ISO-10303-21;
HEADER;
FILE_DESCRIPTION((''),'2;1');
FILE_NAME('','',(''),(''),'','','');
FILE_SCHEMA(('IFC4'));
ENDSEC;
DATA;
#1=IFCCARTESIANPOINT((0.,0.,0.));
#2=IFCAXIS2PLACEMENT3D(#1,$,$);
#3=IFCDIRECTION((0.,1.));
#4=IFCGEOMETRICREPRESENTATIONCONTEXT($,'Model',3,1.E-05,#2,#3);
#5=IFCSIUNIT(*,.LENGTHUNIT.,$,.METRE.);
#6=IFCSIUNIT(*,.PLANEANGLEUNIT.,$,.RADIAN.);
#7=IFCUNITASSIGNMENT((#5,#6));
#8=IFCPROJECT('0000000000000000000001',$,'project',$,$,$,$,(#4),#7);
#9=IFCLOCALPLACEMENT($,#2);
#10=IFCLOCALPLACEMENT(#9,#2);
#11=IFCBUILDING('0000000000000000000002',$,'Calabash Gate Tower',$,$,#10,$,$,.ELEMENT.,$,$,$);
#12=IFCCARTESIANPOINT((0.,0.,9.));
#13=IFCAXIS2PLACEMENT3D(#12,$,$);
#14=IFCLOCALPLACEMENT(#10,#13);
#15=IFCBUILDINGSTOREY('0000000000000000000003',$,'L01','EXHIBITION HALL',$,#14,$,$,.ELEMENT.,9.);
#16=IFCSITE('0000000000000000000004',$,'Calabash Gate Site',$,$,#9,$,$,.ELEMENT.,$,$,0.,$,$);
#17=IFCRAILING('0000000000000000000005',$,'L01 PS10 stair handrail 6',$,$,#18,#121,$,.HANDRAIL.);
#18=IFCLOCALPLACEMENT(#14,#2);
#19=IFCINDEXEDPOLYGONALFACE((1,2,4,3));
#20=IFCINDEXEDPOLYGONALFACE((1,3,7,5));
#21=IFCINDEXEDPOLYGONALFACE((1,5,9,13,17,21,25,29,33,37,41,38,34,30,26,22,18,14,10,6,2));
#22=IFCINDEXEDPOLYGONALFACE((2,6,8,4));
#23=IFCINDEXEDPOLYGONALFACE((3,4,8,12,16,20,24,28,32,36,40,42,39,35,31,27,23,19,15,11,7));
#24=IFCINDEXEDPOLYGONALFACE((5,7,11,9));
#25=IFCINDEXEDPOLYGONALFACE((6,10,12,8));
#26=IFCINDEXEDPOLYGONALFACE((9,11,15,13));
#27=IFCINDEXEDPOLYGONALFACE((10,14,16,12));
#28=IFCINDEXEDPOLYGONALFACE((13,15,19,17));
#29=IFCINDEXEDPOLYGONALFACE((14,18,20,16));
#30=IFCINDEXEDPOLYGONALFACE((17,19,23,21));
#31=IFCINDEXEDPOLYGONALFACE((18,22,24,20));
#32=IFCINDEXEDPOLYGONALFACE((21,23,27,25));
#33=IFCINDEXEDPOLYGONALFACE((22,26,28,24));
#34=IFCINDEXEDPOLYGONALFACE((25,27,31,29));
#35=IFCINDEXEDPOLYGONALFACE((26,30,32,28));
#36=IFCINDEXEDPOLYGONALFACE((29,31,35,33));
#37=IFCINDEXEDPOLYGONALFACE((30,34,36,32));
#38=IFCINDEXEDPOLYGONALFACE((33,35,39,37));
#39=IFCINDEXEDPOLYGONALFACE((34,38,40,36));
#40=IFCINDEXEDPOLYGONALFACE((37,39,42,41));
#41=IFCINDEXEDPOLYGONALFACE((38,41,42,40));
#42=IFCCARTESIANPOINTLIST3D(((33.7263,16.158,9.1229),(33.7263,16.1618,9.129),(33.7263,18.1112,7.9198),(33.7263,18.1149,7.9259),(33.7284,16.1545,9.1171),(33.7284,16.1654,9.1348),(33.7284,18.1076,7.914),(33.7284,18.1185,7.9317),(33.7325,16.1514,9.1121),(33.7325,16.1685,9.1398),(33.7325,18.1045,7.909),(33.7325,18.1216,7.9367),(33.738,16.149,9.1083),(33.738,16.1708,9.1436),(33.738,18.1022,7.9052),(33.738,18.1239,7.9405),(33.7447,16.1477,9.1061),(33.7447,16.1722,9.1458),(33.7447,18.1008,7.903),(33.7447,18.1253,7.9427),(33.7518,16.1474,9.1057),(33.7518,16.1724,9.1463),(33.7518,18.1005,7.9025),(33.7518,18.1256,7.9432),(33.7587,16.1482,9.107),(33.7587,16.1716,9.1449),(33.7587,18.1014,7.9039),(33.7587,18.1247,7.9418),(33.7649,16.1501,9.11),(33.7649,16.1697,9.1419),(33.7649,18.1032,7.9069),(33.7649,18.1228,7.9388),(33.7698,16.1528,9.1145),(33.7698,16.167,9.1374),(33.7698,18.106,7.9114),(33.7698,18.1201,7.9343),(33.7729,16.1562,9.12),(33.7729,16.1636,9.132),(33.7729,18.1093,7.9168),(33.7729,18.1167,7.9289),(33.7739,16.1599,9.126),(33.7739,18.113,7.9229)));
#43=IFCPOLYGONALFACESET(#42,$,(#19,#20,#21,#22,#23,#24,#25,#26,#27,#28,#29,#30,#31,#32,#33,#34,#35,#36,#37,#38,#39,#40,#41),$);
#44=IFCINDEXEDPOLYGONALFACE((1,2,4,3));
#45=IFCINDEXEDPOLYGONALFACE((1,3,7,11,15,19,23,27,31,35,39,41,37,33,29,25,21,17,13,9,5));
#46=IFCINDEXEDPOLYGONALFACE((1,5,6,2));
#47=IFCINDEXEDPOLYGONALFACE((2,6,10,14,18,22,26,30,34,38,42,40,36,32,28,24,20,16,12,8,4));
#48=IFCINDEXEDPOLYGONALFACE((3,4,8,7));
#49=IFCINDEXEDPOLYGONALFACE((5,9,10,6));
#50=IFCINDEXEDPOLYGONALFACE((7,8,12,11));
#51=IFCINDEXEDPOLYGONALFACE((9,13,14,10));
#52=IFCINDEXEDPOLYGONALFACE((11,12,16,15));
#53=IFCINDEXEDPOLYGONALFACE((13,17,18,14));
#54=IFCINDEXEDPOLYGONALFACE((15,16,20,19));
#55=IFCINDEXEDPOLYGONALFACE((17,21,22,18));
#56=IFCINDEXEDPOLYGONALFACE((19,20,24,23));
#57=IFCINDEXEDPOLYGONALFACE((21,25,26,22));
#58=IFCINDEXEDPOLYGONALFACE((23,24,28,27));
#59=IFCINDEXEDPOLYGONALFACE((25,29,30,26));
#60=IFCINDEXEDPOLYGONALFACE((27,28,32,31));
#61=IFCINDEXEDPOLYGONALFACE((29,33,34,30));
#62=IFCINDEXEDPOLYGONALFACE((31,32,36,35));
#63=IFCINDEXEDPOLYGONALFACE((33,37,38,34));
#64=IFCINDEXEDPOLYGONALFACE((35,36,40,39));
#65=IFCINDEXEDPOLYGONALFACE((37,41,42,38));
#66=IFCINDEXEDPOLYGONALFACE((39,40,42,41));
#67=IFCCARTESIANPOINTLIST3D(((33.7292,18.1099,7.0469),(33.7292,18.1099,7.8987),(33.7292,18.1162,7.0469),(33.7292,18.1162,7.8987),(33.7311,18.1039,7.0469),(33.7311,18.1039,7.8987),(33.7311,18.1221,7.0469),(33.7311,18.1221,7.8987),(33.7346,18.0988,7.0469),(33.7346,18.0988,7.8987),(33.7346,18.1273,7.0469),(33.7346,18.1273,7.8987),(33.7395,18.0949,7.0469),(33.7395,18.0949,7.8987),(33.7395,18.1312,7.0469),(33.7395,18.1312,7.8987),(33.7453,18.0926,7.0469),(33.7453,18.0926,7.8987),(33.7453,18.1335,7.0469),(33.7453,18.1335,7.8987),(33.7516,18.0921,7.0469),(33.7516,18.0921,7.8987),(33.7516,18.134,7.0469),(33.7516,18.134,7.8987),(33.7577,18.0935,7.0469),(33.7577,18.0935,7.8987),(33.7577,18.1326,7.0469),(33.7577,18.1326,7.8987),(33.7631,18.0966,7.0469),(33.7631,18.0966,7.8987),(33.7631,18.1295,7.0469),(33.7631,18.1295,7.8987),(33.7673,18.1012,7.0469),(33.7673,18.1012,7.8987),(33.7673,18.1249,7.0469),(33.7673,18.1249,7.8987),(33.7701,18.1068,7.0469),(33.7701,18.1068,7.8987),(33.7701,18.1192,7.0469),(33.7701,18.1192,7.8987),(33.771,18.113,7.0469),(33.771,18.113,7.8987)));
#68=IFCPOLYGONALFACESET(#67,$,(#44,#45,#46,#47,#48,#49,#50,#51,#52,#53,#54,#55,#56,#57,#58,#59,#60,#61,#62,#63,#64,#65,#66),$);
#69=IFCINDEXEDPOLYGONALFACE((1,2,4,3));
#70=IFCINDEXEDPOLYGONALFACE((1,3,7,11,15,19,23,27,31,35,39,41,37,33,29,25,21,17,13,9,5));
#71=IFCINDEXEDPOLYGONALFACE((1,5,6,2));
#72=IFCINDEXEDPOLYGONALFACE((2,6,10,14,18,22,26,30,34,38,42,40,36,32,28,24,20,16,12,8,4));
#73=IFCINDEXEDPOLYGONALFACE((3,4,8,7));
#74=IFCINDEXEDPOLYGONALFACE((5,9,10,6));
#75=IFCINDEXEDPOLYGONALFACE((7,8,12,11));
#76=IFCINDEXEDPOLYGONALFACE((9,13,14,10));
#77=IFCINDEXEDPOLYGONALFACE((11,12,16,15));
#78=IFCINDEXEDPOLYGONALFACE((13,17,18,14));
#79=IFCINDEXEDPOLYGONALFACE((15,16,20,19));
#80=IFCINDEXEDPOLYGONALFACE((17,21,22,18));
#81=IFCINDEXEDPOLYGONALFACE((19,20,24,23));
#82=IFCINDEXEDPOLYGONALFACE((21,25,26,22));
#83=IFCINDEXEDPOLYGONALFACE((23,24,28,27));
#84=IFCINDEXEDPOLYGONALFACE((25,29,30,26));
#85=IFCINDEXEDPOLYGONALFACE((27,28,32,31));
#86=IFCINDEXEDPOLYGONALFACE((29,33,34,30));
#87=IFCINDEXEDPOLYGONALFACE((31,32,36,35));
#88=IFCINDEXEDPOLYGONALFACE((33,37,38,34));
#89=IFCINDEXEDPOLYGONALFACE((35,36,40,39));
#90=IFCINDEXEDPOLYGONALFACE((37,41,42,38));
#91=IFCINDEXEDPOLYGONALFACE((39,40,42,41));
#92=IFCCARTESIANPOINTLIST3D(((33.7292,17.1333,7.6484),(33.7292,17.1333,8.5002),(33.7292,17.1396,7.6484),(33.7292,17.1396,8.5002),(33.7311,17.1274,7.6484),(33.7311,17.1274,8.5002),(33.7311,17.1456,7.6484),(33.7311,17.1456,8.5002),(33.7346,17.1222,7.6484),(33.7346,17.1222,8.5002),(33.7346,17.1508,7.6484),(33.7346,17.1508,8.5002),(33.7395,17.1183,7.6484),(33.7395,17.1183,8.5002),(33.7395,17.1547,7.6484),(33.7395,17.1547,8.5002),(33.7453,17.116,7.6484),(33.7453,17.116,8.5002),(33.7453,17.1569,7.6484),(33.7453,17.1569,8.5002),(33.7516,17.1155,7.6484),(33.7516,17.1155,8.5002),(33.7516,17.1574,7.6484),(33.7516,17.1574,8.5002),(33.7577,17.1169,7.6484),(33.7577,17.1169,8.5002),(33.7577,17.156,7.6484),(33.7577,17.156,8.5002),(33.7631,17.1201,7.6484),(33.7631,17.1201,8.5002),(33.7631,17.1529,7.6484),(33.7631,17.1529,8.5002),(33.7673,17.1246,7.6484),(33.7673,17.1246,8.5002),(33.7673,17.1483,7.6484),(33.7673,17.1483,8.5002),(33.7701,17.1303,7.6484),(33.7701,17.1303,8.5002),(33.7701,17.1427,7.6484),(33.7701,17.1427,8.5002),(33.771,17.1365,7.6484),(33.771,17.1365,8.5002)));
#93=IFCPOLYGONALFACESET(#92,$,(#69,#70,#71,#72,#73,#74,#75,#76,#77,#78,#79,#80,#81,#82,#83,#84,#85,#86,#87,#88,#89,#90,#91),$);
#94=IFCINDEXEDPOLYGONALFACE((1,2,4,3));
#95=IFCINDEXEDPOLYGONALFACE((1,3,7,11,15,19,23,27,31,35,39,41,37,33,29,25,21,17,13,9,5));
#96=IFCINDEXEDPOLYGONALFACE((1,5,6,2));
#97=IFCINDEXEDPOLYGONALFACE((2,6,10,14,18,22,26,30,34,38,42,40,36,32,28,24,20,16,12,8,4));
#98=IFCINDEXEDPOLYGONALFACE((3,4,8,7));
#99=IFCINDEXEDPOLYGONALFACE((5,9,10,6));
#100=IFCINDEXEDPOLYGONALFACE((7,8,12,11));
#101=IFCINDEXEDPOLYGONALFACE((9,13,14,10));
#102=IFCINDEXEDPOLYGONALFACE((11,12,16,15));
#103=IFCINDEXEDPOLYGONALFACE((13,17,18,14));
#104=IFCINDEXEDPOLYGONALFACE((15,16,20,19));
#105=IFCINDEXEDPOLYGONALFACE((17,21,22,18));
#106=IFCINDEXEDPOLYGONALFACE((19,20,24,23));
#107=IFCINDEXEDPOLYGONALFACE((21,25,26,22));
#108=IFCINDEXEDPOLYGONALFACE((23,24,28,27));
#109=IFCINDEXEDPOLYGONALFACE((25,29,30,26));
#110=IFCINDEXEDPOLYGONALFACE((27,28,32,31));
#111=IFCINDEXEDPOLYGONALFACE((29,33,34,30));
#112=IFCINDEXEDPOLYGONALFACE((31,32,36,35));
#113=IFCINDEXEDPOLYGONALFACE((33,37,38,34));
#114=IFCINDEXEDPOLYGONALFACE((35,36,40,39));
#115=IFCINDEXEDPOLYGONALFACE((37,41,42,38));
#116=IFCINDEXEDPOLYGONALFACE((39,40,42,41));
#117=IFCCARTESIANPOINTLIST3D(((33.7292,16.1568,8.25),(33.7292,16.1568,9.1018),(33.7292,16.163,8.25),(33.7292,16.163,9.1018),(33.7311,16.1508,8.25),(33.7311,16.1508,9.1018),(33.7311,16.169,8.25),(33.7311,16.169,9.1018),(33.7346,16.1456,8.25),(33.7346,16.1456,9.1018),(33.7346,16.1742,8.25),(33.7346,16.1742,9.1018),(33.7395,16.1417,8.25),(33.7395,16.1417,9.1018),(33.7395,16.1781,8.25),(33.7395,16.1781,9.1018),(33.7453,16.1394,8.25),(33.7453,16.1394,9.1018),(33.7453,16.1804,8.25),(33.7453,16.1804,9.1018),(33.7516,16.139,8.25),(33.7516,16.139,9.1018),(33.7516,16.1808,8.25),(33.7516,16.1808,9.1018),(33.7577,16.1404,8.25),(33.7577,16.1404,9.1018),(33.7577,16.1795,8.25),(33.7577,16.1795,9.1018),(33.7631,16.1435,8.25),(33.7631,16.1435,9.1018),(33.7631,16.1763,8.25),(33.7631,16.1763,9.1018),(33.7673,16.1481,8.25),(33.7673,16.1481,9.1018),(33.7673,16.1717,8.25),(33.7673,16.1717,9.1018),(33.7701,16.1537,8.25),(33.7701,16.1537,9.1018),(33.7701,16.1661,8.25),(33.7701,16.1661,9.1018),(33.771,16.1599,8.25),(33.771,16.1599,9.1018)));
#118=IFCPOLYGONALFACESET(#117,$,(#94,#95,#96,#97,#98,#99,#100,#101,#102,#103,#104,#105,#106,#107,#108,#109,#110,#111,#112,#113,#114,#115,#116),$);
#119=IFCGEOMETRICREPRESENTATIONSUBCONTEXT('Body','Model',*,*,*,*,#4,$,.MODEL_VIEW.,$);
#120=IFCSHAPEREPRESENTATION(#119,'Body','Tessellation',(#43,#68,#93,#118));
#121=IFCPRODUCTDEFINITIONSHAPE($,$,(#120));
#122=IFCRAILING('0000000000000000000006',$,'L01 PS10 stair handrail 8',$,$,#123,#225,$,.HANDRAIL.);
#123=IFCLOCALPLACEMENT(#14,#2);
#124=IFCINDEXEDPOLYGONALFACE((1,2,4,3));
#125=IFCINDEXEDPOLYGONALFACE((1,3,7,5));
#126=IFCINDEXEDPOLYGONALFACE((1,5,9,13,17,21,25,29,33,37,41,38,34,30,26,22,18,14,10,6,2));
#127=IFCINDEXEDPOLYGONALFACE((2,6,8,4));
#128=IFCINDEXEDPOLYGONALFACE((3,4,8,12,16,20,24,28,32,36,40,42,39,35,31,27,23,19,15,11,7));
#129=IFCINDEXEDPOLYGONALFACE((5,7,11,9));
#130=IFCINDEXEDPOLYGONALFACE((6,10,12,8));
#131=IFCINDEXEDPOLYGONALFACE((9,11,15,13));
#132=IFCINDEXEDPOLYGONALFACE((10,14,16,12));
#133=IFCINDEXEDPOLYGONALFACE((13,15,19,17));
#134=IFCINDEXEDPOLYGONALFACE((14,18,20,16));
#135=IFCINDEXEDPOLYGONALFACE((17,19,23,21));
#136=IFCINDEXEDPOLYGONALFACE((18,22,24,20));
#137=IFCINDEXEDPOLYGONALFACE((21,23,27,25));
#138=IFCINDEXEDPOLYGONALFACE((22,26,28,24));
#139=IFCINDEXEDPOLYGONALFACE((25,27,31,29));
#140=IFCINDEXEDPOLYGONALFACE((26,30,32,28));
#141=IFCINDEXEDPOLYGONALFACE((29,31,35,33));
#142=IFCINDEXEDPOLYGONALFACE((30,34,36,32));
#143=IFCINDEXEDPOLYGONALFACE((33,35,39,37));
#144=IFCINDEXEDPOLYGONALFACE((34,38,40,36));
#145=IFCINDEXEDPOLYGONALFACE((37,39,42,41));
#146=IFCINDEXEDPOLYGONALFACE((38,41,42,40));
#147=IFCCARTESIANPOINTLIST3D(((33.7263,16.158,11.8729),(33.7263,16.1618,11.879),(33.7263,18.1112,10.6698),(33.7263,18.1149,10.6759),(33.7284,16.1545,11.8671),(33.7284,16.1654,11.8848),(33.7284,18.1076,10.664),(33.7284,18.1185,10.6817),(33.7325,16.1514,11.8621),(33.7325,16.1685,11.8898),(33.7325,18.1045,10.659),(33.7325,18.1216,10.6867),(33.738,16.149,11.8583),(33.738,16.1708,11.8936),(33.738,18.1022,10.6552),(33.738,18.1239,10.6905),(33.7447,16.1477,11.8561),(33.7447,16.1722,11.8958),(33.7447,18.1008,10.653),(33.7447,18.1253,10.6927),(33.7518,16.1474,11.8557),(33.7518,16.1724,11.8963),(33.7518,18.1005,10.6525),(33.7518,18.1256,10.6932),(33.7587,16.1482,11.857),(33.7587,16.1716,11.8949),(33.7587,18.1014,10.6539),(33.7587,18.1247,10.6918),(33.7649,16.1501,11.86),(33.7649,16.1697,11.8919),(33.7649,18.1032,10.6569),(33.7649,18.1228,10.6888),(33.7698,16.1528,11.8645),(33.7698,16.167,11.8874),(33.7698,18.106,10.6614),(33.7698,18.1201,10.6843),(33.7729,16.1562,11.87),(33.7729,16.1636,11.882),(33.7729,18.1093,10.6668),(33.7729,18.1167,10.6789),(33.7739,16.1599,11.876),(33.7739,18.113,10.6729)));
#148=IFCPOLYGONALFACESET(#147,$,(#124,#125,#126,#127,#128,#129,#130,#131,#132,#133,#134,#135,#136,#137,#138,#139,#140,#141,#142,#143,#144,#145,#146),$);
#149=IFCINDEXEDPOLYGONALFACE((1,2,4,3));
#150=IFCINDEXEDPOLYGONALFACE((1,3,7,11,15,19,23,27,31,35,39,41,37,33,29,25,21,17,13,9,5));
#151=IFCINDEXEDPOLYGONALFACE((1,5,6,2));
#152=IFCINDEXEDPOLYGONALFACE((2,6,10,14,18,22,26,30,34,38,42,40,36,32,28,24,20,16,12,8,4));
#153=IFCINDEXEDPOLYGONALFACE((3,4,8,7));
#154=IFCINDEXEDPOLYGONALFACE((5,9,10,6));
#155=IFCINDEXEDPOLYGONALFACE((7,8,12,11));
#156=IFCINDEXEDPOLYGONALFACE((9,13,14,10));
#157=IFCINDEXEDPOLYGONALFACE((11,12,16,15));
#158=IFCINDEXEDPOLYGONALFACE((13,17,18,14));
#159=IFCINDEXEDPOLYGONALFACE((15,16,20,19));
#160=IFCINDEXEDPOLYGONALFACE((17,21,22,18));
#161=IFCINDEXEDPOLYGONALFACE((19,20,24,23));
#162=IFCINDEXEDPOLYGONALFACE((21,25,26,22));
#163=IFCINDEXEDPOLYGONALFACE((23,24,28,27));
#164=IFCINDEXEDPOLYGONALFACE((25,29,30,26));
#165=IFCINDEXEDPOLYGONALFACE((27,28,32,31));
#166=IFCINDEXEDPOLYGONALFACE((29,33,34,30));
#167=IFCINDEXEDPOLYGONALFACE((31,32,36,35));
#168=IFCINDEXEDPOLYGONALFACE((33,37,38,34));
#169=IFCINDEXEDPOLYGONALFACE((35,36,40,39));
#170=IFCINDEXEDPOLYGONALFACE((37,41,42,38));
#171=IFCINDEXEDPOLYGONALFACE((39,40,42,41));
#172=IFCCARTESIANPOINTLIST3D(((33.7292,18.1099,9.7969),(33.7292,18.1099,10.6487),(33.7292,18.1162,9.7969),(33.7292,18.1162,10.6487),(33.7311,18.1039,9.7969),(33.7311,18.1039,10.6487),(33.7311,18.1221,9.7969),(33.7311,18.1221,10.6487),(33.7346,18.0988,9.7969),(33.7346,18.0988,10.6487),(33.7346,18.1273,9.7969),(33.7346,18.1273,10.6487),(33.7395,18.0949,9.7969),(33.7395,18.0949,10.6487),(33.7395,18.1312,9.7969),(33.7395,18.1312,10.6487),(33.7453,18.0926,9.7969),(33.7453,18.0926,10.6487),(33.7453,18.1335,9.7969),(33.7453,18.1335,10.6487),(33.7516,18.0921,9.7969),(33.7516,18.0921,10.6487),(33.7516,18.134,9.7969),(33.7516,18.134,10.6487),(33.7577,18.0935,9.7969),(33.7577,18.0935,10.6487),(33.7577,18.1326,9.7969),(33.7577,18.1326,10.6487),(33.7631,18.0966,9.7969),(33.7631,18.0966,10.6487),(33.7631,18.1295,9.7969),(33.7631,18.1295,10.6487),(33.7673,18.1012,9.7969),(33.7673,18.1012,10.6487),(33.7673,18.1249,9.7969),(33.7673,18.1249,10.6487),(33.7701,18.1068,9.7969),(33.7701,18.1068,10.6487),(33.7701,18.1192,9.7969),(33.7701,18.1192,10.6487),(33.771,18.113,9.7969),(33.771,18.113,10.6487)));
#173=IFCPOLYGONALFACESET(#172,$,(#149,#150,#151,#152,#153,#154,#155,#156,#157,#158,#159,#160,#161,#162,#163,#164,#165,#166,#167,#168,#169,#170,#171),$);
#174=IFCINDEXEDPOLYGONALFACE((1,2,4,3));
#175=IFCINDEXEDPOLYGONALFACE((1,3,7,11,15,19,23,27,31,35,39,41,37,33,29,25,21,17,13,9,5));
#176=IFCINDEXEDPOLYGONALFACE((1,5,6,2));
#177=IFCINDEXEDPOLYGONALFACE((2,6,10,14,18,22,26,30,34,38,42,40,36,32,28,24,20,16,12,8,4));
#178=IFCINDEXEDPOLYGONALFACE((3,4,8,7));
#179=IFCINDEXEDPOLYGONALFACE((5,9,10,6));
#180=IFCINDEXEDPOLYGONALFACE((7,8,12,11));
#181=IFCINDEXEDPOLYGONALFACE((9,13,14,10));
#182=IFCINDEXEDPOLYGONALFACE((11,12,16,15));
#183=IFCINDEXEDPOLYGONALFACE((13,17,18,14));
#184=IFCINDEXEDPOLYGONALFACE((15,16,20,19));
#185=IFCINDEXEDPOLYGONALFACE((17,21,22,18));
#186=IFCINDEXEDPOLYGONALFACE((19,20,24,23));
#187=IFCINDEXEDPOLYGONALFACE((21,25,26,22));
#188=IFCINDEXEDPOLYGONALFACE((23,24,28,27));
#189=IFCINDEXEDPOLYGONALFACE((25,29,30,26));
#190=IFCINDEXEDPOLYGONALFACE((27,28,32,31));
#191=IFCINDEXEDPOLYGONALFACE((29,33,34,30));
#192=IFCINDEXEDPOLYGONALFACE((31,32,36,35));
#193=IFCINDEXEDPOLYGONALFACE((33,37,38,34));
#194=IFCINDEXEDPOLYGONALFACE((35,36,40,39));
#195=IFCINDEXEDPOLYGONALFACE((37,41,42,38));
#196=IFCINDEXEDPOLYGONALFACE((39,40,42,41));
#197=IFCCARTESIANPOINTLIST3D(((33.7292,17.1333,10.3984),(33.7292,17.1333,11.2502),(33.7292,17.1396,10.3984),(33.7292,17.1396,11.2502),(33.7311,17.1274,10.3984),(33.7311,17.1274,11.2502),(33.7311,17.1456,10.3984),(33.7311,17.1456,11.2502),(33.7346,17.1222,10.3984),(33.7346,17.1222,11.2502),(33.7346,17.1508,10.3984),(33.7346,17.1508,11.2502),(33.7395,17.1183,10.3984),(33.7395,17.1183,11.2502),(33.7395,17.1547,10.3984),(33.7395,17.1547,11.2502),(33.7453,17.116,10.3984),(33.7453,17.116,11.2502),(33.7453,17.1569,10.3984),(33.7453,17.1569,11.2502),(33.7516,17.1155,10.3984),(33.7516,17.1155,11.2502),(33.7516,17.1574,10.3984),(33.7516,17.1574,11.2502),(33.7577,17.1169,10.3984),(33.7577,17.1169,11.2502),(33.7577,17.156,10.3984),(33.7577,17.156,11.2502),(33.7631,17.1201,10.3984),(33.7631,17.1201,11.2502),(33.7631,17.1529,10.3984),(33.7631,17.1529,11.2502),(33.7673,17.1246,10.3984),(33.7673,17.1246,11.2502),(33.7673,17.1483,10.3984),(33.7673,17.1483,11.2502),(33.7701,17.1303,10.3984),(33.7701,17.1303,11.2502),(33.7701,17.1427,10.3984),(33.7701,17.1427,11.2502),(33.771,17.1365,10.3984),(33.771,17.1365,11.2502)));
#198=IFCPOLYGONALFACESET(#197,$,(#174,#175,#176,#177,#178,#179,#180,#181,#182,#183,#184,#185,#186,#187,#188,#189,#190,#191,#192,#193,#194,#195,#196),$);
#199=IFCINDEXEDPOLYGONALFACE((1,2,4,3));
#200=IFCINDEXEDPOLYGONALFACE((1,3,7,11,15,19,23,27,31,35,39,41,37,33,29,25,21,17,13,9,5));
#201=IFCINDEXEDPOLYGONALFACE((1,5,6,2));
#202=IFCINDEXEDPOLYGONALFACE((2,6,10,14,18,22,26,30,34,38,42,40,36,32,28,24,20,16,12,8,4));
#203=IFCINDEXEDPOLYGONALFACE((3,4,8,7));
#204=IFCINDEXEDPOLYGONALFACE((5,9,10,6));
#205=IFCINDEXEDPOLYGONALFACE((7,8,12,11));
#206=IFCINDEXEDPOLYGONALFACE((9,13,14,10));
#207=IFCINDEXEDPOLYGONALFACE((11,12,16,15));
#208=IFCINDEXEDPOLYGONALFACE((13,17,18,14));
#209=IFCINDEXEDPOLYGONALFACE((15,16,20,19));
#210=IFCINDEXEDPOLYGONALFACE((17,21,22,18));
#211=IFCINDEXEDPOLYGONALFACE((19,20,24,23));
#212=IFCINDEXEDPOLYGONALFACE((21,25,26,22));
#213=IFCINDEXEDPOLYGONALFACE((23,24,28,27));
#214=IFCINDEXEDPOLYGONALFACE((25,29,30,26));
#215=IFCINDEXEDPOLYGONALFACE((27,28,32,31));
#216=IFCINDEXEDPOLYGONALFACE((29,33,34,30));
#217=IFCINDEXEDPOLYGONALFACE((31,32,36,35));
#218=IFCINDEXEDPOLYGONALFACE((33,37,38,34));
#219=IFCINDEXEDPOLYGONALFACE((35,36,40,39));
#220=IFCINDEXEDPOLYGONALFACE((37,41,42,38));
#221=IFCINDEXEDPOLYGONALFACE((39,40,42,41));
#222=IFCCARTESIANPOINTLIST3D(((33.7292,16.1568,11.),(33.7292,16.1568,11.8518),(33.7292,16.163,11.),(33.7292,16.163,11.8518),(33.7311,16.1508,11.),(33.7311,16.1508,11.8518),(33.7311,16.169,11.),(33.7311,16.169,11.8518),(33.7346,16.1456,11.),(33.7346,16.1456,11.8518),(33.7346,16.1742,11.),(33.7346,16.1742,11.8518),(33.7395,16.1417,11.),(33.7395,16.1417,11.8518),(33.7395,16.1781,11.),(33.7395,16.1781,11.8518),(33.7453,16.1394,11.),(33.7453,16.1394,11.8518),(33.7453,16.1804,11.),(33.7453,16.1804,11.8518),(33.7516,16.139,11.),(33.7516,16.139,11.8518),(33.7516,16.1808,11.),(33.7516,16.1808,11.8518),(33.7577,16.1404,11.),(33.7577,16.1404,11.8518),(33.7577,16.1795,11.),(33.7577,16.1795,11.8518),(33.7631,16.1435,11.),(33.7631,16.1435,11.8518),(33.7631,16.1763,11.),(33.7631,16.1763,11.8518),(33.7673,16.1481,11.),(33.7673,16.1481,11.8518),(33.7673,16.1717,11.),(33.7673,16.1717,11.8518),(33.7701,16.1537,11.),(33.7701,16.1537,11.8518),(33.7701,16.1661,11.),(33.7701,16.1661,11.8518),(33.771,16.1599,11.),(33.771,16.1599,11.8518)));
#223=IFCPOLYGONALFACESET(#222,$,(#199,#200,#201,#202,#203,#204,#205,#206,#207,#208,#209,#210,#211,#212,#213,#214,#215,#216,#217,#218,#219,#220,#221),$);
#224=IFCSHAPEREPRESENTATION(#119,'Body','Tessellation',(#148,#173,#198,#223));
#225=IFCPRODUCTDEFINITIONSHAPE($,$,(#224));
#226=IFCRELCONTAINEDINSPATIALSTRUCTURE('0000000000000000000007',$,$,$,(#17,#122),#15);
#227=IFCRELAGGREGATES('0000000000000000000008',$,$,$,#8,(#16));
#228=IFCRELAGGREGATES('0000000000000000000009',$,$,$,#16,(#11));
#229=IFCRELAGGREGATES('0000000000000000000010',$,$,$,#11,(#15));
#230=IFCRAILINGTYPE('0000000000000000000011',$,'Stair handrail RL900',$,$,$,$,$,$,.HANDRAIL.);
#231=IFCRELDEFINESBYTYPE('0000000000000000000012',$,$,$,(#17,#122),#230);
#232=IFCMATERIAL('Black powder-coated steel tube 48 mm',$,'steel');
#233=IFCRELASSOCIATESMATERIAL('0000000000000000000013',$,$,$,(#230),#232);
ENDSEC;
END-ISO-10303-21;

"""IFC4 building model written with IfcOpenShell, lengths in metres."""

from ifc_helpers import new_model, si_unit, direction, frame, origin, origin_2d, place, context, subcontext, project, spatial, circle, extrude, material, type_object, element, save


model = new_model("IFC4")

# Units and contexts
model_context = context("Model", 3, precision=1e-05, world=origin(), true_north=direction((0.0, 1.0)))
body_context = subcontext(model_context, "Body", "Model", "MODEL_VIEW")
ifc_project = project(units=[si_unit("LENGTHUNIT", "METRE"), si_unit("PLANEANGLEUNIT", "RADIAN")], contexts=[model_context])

# Site, building, storey
site_placement = place(None, origin())
site = spatial("IfcSite", under=ifc_project, at=site_placement, Name="Calabash Gate Site", CompositionType="ELEMENT", RefElevation=0.0)
building_placement = place(site_placement, origin())
building = spatial("IfcBuilding", under=site, at=building_placement, Name="Calabash Gate Tower", CompositionType="ELEMENT")
storey_placement = place(building_placement, frame((0.0, 0.0, 9.0)))
storey = spatial("IfcBuildingStorey", under=building, at=storey_placement, Name="L01", Description="EXHIBITION HALL", CompositionType="ELEMENT", Elevation=9.0)

# Railings
ifc_material_1 = material(Name="Black powder-coated steel tube 48 mm", Category="steel")
railing_type_1 = type_object("IfcRailingType", Name="Stair handrail RL900", PredefinedType="HANDRAIL", material=ifc_material_1)
for number, where, name in (
    (1, (33.75, 18.113, 7.0469), "L01 PS10 stair handrail 6"),
    (2, (33.75, 18.113, 9.7969), "L01 PS10 stair handrail 8"),
):
    element("IfcRailing", number, at=place(storey_placement, frame(where)), inside=storey, type_object=railing_type_1, Name=name, PredefinedType="HANDRAIL", context=body_context, shape_type="SweptSolid", body=[
        extrude(circle(Radius=0.0239, at=origin_2d()), frame((0.0, 0.0, 0.876), z_axis=(0.0, -0.851424, 0.524477), x_axis=(1.0, 0.0, 0.0)), (0.0, 0.0, 1.0), 2.2939),
        extrude(circle(Radius=0.021, at=origin_2d()), origin(), (0.0, 0.0, 1.0), 0.8518),
        extrude(circle(Radius=0.021, at=origin_2d()), frame((0.0, -0.9766, 0.6016)), (0.0, 0.0, 1.0), 0.8518),
        extrude(circle(Radius=0.021, at=origin_2d()), frame((0.0, -1.9531, 1.2031)), (0.0, 0.0, 1.0), 0.8518),
    ])

save(model, "model.ifc")
